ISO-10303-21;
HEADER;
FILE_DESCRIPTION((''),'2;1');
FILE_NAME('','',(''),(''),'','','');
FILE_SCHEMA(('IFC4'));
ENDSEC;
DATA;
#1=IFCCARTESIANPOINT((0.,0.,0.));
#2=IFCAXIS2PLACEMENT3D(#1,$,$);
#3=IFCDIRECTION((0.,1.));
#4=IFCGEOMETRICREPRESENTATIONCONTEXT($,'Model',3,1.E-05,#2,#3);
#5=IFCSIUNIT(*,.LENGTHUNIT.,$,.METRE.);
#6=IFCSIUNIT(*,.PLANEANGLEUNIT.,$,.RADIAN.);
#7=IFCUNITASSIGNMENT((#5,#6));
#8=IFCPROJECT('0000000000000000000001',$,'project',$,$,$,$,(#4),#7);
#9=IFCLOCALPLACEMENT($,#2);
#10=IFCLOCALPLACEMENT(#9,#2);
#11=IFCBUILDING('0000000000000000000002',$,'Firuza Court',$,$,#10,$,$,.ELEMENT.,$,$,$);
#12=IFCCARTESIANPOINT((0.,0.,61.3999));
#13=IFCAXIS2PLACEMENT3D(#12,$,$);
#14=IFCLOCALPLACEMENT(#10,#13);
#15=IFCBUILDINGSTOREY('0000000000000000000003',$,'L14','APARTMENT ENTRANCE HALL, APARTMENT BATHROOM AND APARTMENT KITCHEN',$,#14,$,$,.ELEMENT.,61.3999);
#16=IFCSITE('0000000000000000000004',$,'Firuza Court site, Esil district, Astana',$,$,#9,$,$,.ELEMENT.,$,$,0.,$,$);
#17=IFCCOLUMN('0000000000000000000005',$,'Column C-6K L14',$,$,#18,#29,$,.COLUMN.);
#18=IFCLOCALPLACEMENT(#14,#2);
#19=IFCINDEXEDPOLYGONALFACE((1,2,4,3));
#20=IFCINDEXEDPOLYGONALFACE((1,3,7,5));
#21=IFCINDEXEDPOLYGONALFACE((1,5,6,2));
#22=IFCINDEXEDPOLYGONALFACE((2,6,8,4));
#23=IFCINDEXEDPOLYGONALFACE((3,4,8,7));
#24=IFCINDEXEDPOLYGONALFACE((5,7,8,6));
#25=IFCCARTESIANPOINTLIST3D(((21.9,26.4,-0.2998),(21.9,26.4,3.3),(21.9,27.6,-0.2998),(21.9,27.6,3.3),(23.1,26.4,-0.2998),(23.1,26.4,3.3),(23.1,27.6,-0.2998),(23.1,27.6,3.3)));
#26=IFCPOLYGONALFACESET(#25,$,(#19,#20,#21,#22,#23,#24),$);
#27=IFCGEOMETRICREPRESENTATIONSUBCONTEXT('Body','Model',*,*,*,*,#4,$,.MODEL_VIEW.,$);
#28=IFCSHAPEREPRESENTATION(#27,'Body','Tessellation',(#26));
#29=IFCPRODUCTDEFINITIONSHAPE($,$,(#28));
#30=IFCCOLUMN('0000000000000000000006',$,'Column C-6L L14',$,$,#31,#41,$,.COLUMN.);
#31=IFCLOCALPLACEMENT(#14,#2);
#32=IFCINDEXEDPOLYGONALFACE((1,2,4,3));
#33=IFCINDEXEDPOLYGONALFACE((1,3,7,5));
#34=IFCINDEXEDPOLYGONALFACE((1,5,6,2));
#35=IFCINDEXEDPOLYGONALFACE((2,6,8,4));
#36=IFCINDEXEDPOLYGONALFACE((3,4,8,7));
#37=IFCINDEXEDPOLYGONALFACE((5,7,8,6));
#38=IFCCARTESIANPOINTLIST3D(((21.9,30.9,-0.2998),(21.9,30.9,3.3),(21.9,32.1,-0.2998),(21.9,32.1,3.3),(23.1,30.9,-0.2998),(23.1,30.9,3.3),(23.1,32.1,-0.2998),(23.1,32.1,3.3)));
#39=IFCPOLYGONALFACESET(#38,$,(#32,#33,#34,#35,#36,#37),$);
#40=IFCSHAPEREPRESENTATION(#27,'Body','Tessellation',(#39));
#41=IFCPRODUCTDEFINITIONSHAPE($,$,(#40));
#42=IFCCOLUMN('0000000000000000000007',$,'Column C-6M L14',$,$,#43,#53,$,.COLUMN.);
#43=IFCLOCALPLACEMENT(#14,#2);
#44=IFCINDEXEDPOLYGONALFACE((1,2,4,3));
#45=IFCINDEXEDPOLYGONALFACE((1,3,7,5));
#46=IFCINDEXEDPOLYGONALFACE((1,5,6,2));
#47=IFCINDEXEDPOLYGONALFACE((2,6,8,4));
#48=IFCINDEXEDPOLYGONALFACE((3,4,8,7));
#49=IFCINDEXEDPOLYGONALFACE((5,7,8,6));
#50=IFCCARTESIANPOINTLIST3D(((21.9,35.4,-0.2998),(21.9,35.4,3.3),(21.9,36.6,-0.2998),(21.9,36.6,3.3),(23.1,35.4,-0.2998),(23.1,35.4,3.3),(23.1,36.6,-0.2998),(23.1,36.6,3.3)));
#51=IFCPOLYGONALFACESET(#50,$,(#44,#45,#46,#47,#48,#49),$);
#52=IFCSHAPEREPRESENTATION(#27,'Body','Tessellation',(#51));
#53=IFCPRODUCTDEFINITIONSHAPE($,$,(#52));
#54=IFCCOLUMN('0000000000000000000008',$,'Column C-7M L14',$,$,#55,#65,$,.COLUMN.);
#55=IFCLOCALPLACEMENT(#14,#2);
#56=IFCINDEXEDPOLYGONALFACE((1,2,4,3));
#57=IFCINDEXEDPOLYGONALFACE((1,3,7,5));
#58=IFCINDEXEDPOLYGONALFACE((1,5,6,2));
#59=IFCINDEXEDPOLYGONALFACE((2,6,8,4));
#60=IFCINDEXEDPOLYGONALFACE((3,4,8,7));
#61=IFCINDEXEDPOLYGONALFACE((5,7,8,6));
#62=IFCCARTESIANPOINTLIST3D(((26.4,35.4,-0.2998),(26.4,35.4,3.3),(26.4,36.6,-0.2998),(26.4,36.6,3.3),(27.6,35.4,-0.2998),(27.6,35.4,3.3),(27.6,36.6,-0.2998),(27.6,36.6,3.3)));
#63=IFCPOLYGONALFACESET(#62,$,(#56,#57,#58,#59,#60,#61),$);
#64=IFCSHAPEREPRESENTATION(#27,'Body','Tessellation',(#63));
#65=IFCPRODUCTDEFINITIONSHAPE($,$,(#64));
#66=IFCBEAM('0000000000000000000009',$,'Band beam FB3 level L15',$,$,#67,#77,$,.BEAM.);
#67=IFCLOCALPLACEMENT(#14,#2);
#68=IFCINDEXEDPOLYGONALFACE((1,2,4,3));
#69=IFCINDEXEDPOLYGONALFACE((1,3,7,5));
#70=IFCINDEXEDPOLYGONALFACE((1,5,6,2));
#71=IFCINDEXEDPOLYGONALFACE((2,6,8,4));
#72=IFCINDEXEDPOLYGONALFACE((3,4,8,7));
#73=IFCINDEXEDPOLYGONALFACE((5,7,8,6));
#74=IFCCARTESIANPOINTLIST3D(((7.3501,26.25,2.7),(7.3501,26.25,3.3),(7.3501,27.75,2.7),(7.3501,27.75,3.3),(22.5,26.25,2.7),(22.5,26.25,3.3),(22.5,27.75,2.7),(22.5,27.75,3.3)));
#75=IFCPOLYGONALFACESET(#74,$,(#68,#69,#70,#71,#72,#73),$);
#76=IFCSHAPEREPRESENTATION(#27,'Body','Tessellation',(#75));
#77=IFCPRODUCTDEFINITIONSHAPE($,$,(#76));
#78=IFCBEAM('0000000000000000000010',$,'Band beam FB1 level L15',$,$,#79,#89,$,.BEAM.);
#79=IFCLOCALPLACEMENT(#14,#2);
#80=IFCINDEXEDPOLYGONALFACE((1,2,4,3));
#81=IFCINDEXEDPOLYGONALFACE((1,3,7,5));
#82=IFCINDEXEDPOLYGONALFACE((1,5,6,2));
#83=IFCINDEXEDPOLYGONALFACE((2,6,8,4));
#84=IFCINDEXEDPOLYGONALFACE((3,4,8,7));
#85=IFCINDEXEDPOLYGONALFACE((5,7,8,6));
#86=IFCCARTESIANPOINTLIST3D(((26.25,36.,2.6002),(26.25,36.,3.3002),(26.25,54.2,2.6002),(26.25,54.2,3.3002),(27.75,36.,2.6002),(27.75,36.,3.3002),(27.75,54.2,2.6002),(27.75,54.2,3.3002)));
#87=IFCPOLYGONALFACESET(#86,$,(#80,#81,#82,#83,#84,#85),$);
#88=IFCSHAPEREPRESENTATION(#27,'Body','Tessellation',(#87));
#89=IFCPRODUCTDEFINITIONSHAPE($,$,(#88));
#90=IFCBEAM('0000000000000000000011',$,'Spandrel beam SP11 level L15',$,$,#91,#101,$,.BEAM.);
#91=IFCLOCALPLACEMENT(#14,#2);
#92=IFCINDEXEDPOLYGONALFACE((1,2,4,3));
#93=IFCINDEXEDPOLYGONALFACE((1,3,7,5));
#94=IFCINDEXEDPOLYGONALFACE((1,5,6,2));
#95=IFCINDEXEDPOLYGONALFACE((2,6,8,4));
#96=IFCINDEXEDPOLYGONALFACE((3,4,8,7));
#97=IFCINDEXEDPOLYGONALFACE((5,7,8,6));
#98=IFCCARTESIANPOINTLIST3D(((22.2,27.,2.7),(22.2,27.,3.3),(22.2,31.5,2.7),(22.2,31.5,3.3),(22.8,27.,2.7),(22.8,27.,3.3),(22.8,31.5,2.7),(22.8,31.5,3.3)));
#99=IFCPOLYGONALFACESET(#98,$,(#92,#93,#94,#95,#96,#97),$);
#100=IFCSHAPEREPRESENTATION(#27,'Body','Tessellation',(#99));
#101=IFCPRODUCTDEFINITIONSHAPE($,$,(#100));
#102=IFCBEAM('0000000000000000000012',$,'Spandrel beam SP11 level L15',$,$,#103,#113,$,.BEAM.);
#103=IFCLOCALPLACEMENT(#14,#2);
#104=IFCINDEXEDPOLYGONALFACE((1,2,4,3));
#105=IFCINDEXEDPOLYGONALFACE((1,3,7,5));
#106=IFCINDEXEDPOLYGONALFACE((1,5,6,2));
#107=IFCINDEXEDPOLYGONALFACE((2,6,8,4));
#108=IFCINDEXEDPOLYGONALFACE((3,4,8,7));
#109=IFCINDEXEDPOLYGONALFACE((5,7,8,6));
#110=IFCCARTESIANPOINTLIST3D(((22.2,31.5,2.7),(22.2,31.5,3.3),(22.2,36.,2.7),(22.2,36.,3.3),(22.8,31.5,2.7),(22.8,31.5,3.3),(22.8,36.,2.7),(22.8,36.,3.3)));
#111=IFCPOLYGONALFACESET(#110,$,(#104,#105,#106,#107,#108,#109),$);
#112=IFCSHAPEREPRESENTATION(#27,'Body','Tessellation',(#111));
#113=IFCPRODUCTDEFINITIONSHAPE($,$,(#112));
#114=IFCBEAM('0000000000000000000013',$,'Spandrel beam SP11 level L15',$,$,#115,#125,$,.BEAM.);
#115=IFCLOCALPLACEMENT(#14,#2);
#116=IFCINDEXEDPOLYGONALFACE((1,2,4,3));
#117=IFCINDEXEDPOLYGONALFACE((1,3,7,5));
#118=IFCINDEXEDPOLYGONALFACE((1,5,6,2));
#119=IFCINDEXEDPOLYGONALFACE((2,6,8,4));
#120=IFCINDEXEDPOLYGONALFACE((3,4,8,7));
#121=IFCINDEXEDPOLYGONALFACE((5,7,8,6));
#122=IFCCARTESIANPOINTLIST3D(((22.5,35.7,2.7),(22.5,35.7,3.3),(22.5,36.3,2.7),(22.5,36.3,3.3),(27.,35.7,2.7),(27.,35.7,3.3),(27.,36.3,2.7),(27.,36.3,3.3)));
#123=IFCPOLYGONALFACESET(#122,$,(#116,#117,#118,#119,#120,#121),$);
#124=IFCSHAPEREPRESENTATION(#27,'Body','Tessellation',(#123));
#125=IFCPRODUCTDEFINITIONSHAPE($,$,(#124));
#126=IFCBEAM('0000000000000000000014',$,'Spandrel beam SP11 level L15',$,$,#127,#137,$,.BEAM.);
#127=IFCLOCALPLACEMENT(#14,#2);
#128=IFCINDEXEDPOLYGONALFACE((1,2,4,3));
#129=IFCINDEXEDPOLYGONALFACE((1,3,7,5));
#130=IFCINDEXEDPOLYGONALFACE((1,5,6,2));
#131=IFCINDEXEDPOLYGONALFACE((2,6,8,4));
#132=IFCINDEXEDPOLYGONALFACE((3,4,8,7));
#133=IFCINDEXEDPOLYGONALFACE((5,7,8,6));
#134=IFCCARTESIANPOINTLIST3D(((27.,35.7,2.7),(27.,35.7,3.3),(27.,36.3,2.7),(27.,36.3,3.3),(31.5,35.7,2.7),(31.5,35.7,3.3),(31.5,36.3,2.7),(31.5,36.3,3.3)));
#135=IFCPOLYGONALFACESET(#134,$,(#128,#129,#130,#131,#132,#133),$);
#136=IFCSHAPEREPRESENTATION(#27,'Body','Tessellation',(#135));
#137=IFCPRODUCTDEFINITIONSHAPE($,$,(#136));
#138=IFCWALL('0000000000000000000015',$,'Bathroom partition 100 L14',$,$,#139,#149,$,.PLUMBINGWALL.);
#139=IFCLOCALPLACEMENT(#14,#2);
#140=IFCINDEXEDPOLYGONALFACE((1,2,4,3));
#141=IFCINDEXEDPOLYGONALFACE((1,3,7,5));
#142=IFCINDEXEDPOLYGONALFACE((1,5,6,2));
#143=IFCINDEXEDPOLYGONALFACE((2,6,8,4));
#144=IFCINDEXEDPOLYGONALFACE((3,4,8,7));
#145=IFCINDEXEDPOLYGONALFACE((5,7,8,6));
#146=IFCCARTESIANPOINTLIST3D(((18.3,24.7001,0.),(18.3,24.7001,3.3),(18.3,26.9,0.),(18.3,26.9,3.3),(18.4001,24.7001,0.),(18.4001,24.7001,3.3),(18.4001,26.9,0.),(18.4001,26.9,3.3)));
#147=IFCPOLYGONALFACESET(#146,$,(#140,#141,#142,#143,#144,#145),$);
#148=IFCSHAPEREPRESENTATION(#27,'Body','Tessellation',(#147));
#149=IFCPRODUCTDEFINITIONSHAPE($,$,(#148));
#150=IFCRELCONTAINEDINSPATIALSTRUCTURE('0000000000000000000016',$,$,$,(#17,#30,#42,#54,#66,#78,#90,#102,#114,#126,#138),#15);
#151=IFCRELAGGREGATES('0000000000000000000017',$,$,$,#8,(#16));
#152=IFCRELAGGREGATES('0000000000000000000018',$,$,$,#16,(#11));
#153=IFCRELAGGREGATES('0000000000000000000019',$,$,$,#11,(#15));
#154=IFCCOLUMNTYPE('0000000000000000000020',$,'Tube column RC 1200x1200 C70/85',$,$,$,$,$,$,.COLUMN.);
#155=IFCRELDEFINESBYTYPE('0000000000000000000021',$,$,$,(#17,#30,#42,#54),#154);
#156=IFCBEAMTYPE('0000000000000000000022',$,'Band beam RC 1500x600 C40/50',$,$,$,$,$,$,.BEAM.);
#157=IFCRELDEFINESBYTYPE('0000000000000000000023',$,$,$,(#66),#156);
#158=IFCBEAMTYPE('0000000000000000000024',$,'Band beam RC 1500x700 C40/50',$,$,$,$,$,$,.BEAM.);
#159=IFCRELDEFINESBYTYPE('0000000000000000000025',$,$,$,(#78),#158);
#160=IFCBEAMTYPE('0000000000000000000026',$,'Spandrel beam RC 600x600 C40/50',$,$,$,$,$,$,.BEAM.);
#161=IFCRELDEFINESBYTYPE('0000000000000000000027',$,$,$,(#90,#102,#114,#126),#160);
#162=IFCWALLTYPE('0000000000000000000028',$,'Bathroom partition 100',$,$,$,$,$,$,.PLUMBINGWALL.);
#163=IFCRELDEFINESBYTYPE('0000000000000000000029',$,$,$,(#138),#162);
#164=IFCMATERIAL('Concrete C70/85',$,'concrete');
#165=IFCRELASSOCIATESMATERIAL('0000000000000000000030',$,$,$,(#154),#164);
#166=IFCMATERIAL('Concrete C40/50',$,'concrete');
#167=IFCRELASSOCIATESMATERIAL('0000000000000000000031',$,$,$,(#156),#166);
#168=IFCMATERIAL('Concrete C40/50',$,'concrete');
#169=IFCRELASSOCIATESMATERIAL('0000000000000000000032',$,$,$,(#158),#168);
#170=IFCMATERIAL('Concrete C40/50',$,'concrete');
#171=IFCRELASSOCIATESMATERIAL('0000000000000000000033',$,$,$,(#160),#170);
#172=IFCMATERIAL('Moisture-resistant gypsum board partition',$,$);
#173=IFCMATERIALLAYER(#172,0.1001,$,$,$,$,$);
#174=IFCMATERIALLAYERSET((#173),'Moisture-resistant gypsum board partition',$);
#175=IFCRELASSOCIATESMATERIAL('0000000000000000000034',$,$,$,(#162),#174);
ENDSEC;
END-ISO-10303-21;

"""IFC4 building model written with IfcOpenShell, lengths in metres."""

from ifc_helpers import new_model, si_unit, direction, frame, frame_2d, origin, origin_2d, place, context, subcontext, project, spatial, rectangle, extrude, material, layer, layer_set, material_profile, profile_set, type_object, element, save


model = new_model("IFC4")

# Units and contexts
model_context = context("Model", 3, precision=1e-05, world=origin(), true_north=direction((0.0, 1.0)))
body_context = subcontext(model_context, "Body", "Model", "MODEL_VIEW")
ifc_project = project(units=[si_unit("LENGTHUNIT", "METRE"), si_unit("PLANEANGLEUNIT", "RADIAN")], contexts=[model_context])

# Site, building, storey
site_placement = place(None, origin())
site = spatial("IfcSite", under=ifc_project, at=site_placement, Name="Firuza Court site, Esil district, Astana", CompositionType="ELEMENT", RefElevation=0.0)
building_placement = place(site_placement, origin())
building = spatial("IfcBuilding", under=site, at=building_placement, Name="Firuza Court", CompositionType="ELEMENT")
storey_placement = place(building_placement, frame((0.0, 0.0, 61.3999)))
storey = spatial("IfcBuildingStorey", under=building, at=storey_placement, Name="L14", Description="APARTMENT ENTRANCE HALL, APARTMENT BATHROOM AND APARTMENT KITCHEN", CompositionType="ELEMENT", Elevation=61.3999)

# Columns
ifc_material_1 = material(Name="Concrete C70/85", Category="concrete")
ifc_material_profile_1 = material_profile(ifc_material_1, rectangle(XDim=1.2, YDim=1.2, at=origin_2d()), Name="RC 1200x1200")
ifc_profile_set_1 = profile_set([ifc_material_profile_1], Name="Concrete C70/85")
column_type = type_object("IfcColumnType", Name="Tube column RC 1200x1200 C70/85", PredefinedType="COLUMN", material=ifc_profile_set_1)
for number, where, z_axis, x_axis, name in (
    (1, (22.5, 27.0, -0.2998), (0.0, 0.0, 1.0), (1.0, 0.0, 0.0), "Column C-6K L14"),
    (2, (22.5, 31.5, -0.2998), (0.0, 0.0, 1.0), (1.0, 0.0, 0.0), "Column C-6L L14"),
    (3, (22.5, 36.0, -0.2998), (0.0, 0.0, 1.0), (1.0, 0.0, 0.0), "Column C-6M L14"),
    (4, (27.0, 36.0, -0.2998), (0.0, 0.0, 1.0), (1.0, 0.0, 0.0), "Column C-7M L14"),
):
    element("IfcColumn", number, at=place(storey_placement, frame(where, z_axis=z_axis, x_axis=x_axis)), inside=storey, type_object=column_type, Name=name, PredefinedType="COLUMN", context=body_context, shape_type="SweptSolid", body=[
        extrude(rectangle(XDim=1.2, YDim=1.2, at=origin_2d()), origin(), (0.0, 0.0, 1.0), 3.5999),
    ])

# Beams
ifc_material_2 = material(Name="Concrete C40/50", Category="concrete")
ifc_material_profile_2 = material_profile(ifc_material_2, rectangle(XDim=1.5, YDim=0.6001, at=origin_2d()), Name="RC 1500x600")
ifc_profile_set_2 = profile_set([ifc_material_profile_2], Name="Concrete C40/50")
beam_type_1 = type_object("IfcBeamType", Name="Band beam RC 1500x600 C40/50", PredefinedType="BEAM", material=ifc_profile_set_2)
beam_1_placement = place(storey_placement, frame((22.5, 27.0, 3.0), z_axis=(-1.0, 0.0, 0.0), x_axis=(0.0, -1.0, 0.0)))
element("IfcBeam", 5, at=beam_1_placement, inside=storey, type_object=beam_type_1, Name="Band beam FB3 level L15", PredefinedType="BEAM", context=body_context, shape_type="SweptSolid", body=[
    extrude(rectangle(XDim=1.5, YDim=0.6001, at=origin_2d()), origin(), (0.0, 0.0, 1.0), 15.1499),
])
ifc_material_3 = material(Name="Concrete C40/50", Category="concrete")
ifc_material_profile_3 = material_profile(ifc_material_3, rectangle(XDim=1.5, YDim=0.7, at=origin_2d()), Name="RC 1500x700")
ifc_profile_set_3 = profile_set([ifc_material_profile_3], Name="Concrete C40/50")
beam_type_2 = type_object("IfcBeamType", Name="Band beam RC 1500x700 C40/50", PredefinedType="BEAM", material=ifc_profile_set_3)
beam_2_placement = place(storey_placement, frame((27.0, 36.0, 2.9502), z_axis=(0.0, 1.0, 0.0), x_axis=(-1.0, 0.0, 0.0)))
element("IfcBeam", 6, at=beam_2_placement, inside=storey, type_object=beam_type_2, Name="Band beam FB1 level L15", PredefinedType="BEAM", context=body_context, shape_type="SweptSolid", body=[
    extrude(rectangle(XDim=1.5, YDim=0.7, at=origin_2d()), origin(), (0.0, 0.0, 1.0), 18.2),
])
ifc_material_4 = material(Name="Concrete C40/50", Category="concrete")
ifc_material_profile_4 = material_profile(ifc_material_4, rectangle(XDim=0.6001, YDim=0.6001, at=origin_2d()), Name="RC 600x600")
ifc_profile_set_4 = profile_set([ifc_material_profile_4], Name="Concrete C40/50")
beam_type_3 = type_object("IfcBeamType", Name="Spandrel beam RC 600x600 C40/50", PredefinedType="BEAM", material=ifc_profile_set_4)
for number, where, z_axis, x_axis, name in (
    (7, (22.5, 27.0, 3.0), (0.0, 1.0, 0.0), (-1.0, 0.0, 0.0), "Spandrel beam SP11 level L15"),
    (8, (22.5, 31.5, 3.0), (0.0, 1.0, 0.0), (-1.0, 0.0, 0.0), "Spandrel beam SP11 level L15"),
    (9, (22.5, 36.0, 3.0), (1.0, 0.0, 0.0), (0.0, 1.0, 0.0), "Spandrel beam SP11 level L15"),
    (10, (27.0, 36.0, 3.0), (1.0, 0.0, 0.0), (0.0, 1.0, 0.0), "Spandrel beam SP11 level L15"),
):
    element("IfcBeam", number, at=place(storey_placement, frame(where, z_axis=z_axis, x_axis=x_axis)), inside=storey, type_object=beam_type_3, Name=name, PredefinedType="BEAM", context=body_context, shape_type="SweptSolid", body=[
        extrude(rectangle(XDim=0.6001, YDim=0.6001, at=origin_2d()), origin(), (0.0, 0.0, 1.0), 4.5),
    ])

# Wall
ifc_material_5 = material(Name="Moisture-resistant gypsum board partition")
ifc_layer_1 = layer(ifc_material_5, 0.1001)
ifc_layer_set_1 = layer_set([ifc_layer_1], Name="Moisture-resistant gypsum board partition")
wall_type_1 = type_object("IfcWallType", Name="Bathroom partition 100", PredefinedType="PLUMBINGWALL", material=ifc_layer_set_1)
wall_1_placement = place(storey_placement, frame((18.3501, 24.7, 0.0), z_axis=(0.0, 0.0, 1.0), x_axis=(0.0, 1.0, 0.0)))
element("IfcWall", 11, at=wall_1_placement, inside=storey, type_object=wall_type_1, Name="Bathroom partition 100 L14", PredefinedType="PLUMBINGWALL", context=body_context, shape_type="SweptSolid", body=[
    extrude(rectangle(XDim=2.2, YDim=0.1001, at=frame_2d((1.1001, 0.0))), origin(), (0.0, 0.0, 1.0), 3.3),
])

save(model, "model.ifc")
